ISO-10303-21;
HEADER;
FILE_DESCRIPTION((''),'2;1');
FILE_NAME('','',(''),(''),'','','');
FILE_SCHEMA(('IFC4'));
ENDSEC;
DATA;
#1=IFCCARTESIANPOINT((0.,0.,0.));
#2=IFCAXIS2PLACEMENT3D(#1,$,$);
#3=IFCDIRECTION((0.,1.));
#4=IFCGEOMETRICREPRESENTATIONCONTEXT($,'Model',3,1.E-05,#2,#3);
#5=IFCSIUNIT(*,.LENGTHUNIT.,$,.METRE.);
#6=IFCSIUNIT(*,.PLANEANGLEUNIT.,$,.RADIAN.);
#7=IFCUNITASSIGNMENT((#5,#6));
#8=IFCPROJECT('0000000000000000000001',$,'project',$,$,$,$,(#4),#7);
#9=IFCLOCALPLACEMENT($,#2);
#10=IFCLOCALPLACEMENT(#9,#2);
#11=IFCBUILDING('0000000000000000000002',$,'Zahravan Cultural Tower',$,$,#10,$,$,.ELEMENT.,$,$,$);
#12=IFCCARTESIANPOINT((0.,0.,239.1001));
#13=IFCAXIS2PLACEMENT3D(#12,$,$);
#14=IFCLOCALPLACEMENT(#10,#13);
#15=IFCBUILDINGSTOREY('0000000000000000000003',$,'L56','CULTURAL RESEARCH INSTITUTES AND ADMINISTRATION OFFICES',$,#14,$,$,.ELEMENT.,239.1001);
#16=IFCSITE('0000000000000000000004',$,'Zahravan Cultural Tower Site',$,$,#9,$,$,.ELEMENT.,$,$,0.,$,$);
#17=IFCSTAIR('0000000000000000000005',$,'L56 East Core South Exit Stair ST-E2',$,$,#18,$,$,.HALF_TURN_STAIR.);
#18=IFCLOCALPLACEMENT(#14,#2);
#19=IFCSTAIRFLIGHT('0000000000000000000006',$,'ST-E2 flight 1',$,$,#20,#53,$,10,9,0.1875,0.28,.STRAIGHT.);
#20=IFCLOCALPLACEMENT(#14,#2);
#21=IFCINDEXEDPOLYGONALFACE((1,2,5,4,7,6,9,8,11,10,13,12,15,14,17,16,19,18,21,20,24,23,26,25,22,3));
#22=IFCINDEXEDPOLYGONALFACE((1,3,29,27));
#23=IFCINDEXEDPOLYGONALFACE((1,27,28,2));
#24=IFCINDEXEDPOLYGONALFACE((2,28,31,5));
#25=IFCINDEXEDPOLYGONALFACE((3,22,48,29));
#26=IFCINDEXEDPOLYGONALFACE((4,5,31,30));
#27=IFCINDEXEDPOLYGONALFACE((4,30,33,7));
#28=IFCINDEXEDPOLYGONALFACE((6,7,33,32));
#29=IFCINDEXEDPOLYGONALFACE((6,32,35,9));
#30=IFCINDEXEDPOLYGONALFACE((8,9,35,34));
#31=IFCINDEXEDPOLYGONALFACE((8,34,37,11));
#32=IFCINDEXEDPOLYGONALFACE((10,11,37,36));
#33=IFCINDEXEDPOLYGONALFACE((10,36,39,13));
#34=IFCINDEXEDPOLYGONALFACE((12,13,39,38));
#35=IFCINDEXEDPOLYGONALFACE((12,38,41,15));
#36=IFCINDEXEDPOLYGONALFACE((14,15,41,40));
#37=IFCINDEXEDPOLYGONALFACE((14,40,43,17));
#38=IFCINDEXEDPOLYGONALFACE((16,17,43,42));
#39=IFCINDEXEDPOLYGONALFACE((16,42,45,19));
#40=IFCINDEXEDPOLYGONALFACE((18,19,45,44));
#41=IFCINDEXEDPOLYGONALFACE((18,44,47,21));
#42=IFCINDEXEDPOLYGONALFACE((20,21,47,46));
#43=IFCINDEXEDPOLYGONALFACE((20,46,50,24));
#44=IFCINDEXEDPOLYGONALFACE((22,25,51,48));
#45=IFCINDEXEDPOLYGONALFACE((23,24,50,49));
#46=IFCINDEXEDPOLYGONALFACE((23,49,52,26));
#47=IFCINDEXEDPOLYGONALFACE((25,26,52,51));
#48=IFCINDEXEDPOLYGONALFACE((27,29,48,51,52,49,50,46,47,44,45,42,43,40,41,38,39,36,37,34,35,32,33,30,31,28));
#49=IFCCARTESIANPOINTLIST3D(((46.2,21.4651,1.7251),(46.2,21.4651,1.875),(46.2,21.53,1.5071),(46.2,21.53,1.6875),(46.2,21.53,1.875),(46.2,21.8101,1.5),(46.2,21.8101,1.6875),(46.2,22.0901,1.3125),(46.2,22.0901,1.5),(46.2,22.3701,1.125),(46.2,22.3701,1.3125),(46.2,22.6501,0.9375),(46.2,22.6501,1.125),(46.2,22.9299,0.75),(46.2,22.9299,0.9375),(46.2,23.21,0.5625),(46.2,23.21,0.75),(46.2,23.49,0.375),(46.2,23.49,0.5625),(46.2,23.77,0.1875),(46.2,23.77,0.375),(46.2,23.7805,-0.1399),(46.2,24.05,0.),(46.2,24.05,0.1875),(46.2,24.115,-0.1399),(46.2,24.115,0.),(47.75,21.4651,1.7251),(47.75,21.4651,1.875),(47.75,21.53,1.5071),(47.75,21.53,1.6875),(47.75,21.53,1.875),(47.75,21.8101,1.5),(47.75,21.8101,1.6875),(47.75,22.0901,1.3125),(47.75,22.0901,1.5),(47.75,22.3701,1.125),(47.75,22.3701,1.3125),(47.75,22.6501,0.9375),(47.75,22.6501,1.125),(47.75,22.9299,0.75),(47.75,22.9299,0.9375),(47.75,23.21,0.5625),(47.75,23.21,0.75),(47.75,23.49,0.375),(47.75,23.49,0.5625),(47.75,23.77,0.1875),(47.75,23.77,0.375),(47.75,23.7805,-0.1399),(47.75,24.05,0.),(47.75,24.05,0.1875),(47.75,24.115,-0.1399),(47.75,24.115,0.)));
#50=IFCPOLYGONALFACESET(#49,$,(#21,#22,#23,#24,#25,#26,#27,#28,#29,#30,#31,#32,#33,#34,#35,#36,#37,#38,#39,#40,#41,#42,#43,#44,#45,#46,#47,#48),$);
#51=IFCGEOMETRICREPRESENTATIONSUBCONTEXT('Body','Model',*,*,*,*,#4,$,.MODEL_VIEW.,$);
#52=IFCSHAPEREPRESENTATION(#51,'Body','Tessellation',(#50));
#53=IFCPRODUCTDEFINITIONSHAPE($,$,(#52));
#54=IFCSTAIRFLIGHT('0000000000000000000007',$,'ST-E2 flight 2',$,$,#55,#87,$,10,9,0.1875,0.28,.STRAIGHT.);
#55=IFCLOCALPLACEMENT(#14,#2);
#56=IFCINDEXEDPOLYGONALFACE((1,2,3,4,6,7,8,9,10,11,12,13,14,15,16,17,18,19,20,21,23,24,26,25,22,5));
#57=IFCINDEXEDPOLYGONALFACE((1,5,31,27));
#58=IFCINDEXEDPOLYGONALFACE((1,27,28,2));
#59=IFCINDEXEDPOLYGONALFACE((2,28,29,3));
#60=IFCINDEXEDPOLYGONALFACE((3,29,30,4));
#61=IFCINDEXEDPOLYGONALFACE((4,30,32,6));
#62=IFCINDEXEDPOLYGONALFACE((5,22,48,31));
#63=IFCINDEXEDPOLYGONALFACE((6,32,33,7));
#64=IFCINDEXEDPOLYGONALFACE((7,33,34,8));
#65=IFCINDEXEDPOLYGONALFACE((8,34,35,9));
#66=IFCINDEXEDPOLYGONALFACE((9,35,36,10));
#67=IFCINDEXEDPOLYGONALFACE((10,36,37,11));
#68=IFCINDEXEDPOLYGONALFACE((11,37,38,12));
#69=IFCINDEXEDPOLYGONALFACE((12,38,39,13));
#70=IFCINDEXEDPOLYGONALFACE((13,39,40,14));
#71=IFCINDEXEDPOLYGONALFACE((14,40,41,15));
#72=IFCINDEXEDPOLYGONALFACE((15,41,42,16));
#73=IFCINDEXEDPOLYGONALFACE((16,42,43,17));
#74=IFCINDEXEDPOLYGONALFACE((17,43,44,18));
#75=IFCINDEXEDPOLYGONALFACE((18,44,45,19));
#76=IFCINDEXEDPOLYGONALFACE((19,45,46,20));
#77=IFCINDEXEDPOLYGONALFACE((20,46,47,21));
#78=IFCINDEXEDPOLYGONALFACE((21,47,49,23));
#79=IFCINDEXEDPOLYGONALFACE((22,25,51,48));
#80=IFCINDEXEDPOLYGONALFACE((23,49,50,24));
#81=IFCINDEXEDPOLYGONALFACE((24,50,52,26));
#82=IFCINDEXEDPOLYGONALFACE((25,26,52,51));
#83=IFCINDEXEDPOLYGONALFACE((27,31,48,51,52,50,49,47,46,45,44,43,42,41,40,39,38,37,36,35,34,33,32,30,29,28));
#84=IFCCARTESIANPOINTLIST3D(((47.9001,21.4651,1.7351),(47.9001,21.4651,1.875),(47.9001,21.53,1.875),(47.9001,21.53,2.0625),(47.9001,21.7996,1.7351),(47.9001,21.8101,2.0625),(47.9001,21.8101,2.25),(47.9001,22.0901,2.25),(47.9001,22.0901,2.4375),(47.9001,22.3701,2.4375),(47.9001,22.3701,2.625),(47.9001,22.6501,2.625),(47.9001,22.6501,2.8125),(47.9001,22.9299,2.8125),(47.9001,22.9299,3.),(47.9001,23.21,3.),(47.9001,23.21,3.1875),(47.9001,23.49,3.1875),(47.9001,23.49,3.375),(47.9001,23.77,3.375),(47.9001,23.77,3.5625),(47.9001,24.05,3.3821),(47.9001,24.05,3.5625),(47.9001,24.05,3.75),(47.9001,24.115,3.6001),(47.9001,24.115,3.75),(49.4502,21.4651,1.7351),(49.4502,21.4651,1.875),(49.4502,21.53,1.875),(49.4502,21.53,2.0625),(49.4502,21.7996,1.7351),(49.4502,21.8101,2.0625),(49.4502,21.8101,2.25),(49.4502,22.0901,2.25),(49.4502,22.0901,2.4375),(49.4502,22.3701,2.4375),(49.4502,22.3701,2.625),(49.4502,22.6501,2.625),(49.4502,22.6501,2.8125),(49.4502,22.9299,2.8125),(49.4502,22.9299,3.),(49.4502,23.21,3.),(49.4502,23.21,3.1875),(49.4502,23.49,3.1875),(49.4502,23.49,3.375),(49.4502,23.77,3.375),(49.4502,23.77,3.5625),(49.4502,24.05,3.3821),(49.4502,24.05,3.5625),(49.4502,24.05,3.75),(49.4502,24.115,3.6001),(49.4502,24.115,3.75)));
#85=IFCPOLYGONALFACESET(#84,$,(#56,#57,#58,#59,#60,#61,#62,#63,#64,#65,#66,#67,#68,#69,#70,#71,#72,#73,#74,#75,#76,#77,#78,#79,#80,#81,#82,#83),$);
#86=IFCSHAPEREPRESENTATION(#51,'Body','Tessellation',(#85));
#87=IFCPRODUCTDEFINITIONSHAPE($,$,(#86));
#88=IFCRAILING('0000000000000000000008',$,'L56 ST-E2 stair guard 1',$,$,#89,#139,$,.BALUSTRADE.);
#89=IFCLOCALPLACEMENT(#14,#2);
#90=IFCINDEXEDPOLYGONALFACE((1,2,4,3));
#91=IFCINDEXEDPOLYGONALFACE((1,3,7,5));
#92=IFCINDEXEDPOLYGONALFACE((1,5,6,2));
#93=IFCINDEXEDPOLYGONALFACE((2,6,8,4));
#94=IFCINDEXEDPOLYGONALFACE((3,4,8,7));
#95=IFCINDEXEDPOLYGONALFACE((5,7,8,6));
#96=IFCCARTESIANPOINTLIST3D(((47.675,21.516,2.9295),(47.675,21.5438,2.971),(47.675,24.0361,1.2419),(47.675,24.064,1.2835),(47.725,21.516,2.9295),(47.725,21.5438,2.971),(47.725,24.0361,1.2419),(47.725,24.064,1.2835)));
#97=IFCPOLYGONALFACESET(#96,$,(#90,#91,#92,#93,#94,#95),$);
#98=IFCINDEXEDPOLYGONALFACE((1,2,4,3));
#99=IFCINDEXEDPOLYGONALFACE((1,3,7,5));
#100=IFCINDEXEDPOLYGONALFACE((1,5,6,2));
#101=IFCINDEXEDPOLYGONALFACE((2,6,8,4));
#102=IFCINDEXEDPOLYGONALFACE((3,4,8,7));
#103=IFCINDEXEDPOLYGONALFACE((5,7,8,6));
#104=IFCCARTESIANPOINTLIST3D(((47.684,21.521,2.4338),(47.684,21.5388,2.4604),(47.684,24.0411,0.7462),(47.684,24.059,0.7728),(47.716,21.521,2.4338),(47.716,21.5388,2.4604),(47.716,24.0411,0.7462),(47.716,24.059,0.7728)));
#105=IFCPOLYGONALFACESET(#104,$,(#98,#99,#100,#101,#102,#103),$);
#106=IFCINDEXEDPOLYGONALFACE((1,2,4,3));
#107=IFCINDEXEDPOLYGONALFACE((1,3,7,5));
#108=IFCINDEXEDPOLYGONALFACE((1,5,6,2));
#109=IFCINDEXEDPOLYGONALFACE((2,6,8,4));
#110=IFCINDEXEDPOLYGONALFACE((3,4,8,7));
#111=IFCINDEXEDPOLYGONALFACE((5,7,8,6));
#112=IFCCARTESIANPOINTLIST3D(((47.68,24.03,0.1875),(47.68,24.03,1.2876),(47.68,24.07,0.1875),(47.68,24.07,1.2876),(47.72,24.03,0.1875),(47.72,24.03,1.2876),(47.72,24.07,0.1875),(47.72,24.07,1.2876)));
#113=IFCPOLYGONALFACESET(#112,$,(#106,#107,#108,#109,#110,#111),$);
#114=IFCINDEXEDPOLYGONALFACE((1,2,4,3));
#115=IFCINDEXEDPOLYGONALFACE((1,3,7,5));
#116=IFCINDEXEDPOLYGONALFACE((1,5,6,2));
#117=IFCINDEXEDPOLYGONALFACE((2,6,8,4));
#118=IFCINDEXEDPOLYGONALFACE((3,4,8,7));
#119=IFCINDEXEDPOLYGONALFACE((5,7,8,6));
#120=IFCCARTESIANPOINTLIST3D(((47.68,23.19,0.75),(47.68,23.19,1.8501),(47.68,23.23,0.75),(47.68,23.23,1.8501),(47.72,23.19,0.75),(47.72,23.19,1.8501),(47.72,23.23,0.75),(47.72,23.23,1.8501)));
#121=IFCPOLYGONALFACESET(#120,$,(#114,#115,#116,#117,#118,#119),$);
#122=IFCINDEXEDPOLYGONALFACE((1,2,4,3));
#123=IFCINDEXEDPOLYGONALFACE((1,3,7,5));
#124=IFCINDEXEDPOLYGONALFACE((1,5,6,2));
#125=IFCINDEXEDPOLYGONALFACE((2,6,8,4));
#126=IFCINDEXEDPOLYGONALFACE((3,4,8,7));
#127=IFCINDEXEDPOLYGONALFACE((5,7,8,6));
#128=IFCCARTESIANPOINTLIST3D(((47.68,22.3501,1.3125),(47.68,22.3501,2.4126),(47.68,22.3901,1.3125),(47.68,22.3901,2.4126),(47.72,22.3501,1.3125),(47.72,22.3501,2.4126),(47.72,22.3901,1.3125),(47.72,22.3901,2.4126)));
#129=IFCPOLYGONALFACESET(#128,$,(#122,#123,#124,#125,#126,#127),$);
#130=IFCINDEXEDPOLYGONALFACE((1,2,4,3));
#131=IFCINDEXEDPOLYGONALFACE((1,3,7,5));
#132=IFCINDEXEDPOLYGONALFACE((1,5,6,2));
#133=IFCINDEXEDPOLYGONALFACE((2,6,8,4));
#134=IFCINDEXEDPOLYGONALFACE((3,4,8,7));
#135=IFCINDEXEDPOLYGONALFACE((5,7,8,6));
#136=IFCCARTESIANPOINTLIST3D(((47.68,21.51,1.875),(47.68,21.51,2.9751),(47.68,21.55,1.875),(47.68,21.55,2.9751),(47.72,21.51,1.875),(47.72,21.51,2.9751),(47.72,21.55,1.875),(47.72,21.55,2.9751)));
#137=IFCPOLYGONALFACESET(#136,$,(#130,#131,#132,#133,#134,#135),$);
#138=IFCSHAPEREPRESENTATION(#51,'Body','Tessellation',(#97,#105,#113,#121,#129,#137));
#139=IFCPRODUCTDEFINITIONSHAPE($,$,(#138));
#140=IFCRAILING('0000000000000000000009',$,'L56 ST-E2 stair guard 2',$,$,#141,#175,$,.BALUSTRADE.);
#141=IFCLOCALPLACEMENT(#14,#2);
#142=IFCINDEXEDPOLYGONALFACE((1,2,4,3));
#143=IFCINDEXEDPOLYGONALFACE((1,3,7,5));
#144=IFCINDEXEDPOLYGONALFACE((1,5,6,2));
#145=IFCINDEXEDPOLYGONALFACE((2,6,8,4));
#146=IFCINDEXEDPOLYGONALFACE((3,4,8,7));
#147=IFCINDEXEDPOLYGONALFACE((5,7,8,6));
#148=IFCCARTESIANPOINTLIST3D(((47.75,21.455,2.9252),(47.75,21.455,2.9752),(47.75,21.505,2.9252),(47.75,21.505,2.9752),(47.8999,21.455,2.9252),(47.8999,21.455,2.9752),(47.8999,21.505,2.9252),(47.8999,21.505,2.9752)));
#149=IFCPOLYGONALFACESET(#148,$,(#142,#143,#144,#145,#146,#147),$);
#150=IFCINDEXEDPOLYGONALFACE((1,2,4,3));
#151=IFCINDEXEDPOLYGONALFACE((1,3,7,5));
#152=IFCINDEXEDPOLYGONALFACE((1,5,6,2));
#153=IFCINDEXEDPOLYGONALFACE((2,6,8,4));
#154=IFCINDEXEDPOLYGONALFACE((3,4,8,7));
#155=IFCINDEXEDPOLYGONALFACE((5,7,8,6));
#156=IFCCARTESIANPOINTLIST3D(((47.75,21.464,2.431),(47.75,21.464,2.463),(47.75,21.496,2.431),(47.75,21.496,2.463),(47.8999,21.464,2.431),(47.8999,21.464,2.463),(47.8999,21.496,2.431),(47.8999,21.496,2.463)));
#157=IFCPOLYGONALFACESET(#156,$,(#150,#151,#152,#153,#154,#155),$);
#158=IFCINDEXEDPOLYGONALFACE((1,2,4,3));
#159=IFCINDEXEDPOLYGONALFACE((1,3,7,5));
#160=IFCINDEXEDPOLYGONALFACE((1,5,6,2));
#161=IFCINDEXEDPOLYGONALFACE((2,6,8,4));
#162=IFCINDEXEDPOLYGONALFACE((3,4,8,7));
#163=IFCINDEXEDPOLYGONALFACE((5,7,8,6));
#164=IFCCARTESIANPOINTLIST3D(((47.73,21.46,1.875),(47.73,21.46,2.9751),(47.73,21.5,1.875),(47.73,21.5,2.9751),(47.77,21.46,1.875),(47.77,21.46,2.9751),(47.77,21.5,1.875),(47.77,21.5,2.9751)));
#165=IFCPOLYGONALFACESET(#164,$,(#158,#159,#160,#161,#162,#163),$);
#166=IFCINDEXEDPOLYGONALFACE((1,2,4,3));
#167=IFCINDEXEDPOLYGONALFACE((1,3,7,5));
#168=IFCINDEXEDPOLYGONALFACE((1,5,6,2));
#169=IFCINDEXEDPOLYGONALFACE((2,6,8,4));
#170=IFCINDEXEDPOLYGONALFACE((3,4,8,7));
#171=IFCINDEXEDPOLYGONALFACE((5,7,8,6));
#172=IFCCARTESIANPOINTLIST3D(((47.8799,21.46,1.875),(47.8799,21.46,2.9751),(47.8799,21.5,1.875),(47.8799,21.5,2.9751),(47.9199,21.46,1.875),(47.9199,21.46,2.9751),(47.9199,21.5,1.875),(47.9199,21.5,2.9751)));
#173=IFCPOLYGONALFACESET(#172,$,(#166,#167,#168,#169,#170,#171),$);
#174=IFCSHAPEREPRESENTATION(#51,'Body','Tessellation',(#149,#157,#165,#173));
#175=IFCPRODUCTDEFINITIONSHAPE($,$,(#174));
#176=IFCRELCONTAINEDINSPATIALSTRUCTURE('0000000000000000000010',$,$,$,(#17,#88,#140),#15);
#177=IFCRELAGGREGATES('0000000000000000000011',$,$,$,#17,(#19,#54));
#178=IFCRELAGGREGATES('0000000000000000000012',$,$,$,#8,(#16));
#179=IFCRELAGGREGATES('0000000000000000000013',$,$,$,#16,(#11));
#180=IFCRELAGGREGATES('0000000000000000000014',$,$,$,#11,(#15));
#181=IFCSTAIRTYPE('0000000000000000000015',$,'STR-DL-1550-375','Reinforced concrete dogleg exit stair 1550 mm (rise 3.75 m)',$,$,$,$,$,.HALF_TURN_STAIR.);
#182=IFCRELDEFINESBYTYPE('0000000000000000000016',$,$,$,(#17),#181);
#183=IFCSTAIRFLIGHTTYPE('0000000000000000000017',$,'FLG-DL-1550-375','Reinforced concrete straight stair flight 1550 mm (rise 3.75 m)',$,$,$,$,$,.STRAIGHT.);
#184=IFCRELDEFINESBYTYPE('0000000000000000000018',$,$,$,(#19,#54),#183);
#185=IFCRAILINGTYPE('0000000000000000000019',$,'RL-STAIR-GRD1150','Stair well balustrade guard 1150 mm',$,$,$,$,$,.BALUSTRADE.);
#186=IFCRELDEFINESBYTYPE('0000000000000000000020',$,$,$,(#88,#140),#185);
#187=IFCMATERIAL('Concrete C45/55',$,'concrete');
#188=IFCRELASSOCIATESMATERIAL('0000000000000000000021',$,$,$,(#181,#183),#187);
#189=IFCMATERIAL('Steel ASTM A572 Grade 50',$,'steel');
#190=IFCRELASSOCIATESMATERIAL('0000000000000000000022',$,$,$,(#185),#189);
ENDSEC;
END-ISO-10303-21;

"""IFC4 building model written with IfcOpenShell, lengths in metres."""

from ifc_helpers import new_model, si_unit, direction, frame, origin, origin_2d, place, context, subcontext, project, spatial, polyline, rectangle, outline, extrude, material, type_object, element, aggregate, save


model = new_model("IFC4")

# Units and contexts
model_context = context("Model", 3, precision=1e-05, world=origin(), true_north=direction((0.0, 1.0)))
body_context = subcontext(model_context, "Body", "Model", "MODEL_VIEW")
ifc_project = project(units=[si_unit("LENGTHUNIT", "METRE"), si_unit("PLANEANGLEUNIT", "RADIAN")], contexts=[model_context])

# Site, building, storey
site_placement = place(None, origin())
site = spatial("IfcSite", under=ifc_project, at=site_placement, Name="Zahravan Cultural Tower Site", CompositionType="ELEMENT", RefElevation=0.0)
building_placement = place(site_placement, origin())
building = spatial("IfcBuilding", under=site, at=building_placement, Name="Zahravan Cultural Tower", CompositionType="ELEMENT")
storey_placement = place(building_placement, frame((0.0, 0.0, 239.1001)))
storey = spatial("IfcBuildingStorey", under=building, at=storey_placement, Name="L56", Description="CULTURAL RESEARCH INSTITUTES AND ADMINISTRATION OFFICES", CompositionType="ELEMENT", Elevation=239.1001)

# Shared definitions
ifc_material_1 = material(Name="Concrete C45/55", Category="concrete")

# Stair, stair flights
stair_type = type_object("IfcStairType", Name="STR-DL-1550-375", Description="Reinforced concrete dogleg exit stair 1550 mm (rise 3.75 m)", PredefinedType="HALF_TURN_STAIR", material=ifc_material_1)
stair_placement = place(storey_placement, origin())
stair = element("IfcStair", 1, at=stair_placement, inside=storey, type_object=stair_type, Name="L56 East Core South Exit Stair ST-E2", PredefinedType="HALF_TURN_STAIR")
stair_flight_type = type_object("IfcStairFlightType", Name="FLG-DL-1550-375", Description="Reinforced concrete straight stair flight 1550 mm (rise 3.75 m)", PredefinedType="STRAIGHT", material=ifc_material_1)
stair_flight_1_placement = place(storey_placement, frame((46.9751, 24.05, 0.0), z_axis=(0.0, 0.0, 1.0), x_axis=(0.0, -1.0, 0.0)))
stair_flight_1 = element("IfcStairFlight", 2, at=stair_flight_1_placement, type_object=stair_flight_type, Name="ST-E2 flight 1", NumberOfRisers=10, NumberOfTreads=9, PredefinedType="STRAIGHT", RiserHeight=0.1875, TreadLength=0.28, context=body_context, shape_type="SweptSolid", body=[
    extrude(outline(polyline([(-0.0649, -0.1399), (-0.0649, 0.0), (0.0, 0.0), (0.0, 0.1875), (0.28, 0.1875), (0.28, 0.375), (0.5601, 0.375), (0.5601, 0.5625), (0.8401, 0.5625), (0.8401, 0.75), (1.1201, 0.75), (1.1201, 0.9375), (1.3999, 0.9375), (1.3999, 1.125), (1.6799, 1.125), (1.6799, 1.3125), (1.96, 1.3125), (1.96, 1.5), (2.24, 1.5), (2.24, 1.6875), (2.52, 1.6875), (2.52, 1.875), (2.585, 1.875), (2.585, 1.7251), (2.52, 1.5071), (0.2695, -0.1399), (-0.0649, -0.1399)])), frame((0.0, 0.7749, 0.0), z_axis=(0.0, -1.0, 0.0), x_axis=(1.0, 0.0, 0.0)), (0.0, 0.0, 1.0), 1.55),
])
stair_flight_2_placement = place(storey_placement, frame((48.675, 21.53, 1.875), z_axis=(0.0, 0.0, 1.0), x_axis=(0.0, 1.0, 0.0)))
stair_flight_2 = element("IfcStairFlight", 3, at=stair_flight_2_placement, type_object=stair_flight_type, Name="ST-E2 flight 2", NumberOfRisers=10, NumberOfTreads=9, PredefinedType="STRAIGHT", RiserHeight=0.1875, TreadLength=0.28, context=body_context, shape_type="SweptSolid", body=[
    extrude(outline(polyline([(-0.0649, -0.1399), (-0.0649, 0.0), (0.0, 0.0), (0.0, 0.1875), (0.28, 0.1875), (0.28, 0.375), (0.5601, 0.375), (0.5601, 0.5625), (0.8401, 0.5625), (0.8401, 0.75), (1.1201, 0.75), (1.1201, 0.9375), (1.3999, 0.9375), (1.3999, 1.125), (1.6799, 1.125), (1.6799, 1.3125), (1.96, 1.3125), (1.96, 1.5), (2.24, 1.5), (2.24, 1.6875), (2.52, 1.6875), (2.52, 1.875), (2.585, 1.875), (2.585, 1.7251), (2.52, 1.5071), (0.2695, -0.1399), (-0.0649, -0.1399)])), frame((0.0, 0.7749, 0.0), z_axis=(0.0, -1.0, 0.0), x_axis=(1.0, 0.0, 0.0)), (0.0, 0.0, 1.0), 1.55),
])
aggregate(stair, [stair_flight_1, stair_flight_2])

# Railings
ifc_material_2 = material(Name="Steel ASTM A572 Grade 50", Category="steel")
railing_type_1 = type_object("IfcRailingType", Name="RL-STAIR-GRD1150", Description="Stair well balustrade guard 1150 mm", PredefinedType="BALUSTRADE", material=ifc_material_2)
railing_1_placement = place(storey_placement, frame((47.7, 24.05, 0.1875)))
element("IfcRailing", 4, at=railing_1_placement, inside=storey, type_object=railing_type_1, Name="L56 ST-E2 stair guard 1", PredefinedType="BALUSTRADE", context=body_context, shape_type="SweptSolid", body=[
    extrude(rectangle(XDim=0.05, YDim=0.05, at=origin_2d()), frame((0.0, 0.0, 1.0752), z_axis=(0.0, -0.830909, 0.556408), x_axis=(1.0, 0.0, 0.0)), (0.0, 0.0, 1.0), 3.033),
    extrude(rectangle(XDim=0.032, YDim=0.032, at=origin_2d()), frame((0.0, 0.0, 0.572), z_axis=(0.0, -0.830909, 0.556408), x_axis=(1.0, 0.0, 0.0)), (0.0, 0.0, 1.0), 3.033),
    extrude(rectangle(XDim=0.04, YDim=0.04, at=origin_2d()), origin(), (0.0, 0.0, 1.0), 1.1001),
    extrude(rectangle(XDim=0.04, YDim=0.04, at=origin_2d()), frame((0.0, -0.8401, 0.5625)), (0.0, 0.0, 1.0), 1.1001),
    extrude(rectangle(XDim=0.04, YDim=0.04, at=origin_2d()), frame((0.0, -1.6799, 1.125)), (0.0, 0.0, 1.0), 1.1001),
    extrude(rectangle(XDim=0.04, YDim=0.04, at=origin_2d()), frame((0.0, -2.52, 1.6875)), (0.0, 0.0, 1.0), 1.1001),
])
railing_2_placement = place(storey_placement, frame((47.75, 21.48, 1.875)))
element("IfcRailing", 5, at=railing_2_placement, inside=storey, type_object=railing_type_1, Name="L56 ST-E2 stair guard 2", PredefinedType="BALUSTRADE", context=body_context, shape_type="SweptSolid", body=[
    extrude(rectangle(XDim=0.05, YDim=0.05, at=origin_2d()), frame((0.0, 0.0, 1.0752), z_axis=(1.0, 0.0, 0.0), x_axis=(0.0, 1.0, 0.0)), (0.0, 0.0, 1.0), 0.1499),
    extrude(rectangle(XDim=0.032, YDim=0.032, at=origin_2d()), frame((0.0, 0.0, 0.572), z_axis=(1.0, 0.0, 0.0), x_axis=(0.0, 1.0, 0.0)), (0.0, 0.0, 1.0), 0.1499),
    extrude(rectangle(XDim=0.04, YDim=0.04, at=origin_2d()), origin(), (0.0, 0.0, 1.0), 1.1001),
    extrude(rectangle(XDim=0.04, YDim=0.04, at=origin_2d()), frame((0.1499, 0.0, 0.0)), (0.0, 0.0, 1.0), 1.1001),
])

save(model, "model.ifc")
